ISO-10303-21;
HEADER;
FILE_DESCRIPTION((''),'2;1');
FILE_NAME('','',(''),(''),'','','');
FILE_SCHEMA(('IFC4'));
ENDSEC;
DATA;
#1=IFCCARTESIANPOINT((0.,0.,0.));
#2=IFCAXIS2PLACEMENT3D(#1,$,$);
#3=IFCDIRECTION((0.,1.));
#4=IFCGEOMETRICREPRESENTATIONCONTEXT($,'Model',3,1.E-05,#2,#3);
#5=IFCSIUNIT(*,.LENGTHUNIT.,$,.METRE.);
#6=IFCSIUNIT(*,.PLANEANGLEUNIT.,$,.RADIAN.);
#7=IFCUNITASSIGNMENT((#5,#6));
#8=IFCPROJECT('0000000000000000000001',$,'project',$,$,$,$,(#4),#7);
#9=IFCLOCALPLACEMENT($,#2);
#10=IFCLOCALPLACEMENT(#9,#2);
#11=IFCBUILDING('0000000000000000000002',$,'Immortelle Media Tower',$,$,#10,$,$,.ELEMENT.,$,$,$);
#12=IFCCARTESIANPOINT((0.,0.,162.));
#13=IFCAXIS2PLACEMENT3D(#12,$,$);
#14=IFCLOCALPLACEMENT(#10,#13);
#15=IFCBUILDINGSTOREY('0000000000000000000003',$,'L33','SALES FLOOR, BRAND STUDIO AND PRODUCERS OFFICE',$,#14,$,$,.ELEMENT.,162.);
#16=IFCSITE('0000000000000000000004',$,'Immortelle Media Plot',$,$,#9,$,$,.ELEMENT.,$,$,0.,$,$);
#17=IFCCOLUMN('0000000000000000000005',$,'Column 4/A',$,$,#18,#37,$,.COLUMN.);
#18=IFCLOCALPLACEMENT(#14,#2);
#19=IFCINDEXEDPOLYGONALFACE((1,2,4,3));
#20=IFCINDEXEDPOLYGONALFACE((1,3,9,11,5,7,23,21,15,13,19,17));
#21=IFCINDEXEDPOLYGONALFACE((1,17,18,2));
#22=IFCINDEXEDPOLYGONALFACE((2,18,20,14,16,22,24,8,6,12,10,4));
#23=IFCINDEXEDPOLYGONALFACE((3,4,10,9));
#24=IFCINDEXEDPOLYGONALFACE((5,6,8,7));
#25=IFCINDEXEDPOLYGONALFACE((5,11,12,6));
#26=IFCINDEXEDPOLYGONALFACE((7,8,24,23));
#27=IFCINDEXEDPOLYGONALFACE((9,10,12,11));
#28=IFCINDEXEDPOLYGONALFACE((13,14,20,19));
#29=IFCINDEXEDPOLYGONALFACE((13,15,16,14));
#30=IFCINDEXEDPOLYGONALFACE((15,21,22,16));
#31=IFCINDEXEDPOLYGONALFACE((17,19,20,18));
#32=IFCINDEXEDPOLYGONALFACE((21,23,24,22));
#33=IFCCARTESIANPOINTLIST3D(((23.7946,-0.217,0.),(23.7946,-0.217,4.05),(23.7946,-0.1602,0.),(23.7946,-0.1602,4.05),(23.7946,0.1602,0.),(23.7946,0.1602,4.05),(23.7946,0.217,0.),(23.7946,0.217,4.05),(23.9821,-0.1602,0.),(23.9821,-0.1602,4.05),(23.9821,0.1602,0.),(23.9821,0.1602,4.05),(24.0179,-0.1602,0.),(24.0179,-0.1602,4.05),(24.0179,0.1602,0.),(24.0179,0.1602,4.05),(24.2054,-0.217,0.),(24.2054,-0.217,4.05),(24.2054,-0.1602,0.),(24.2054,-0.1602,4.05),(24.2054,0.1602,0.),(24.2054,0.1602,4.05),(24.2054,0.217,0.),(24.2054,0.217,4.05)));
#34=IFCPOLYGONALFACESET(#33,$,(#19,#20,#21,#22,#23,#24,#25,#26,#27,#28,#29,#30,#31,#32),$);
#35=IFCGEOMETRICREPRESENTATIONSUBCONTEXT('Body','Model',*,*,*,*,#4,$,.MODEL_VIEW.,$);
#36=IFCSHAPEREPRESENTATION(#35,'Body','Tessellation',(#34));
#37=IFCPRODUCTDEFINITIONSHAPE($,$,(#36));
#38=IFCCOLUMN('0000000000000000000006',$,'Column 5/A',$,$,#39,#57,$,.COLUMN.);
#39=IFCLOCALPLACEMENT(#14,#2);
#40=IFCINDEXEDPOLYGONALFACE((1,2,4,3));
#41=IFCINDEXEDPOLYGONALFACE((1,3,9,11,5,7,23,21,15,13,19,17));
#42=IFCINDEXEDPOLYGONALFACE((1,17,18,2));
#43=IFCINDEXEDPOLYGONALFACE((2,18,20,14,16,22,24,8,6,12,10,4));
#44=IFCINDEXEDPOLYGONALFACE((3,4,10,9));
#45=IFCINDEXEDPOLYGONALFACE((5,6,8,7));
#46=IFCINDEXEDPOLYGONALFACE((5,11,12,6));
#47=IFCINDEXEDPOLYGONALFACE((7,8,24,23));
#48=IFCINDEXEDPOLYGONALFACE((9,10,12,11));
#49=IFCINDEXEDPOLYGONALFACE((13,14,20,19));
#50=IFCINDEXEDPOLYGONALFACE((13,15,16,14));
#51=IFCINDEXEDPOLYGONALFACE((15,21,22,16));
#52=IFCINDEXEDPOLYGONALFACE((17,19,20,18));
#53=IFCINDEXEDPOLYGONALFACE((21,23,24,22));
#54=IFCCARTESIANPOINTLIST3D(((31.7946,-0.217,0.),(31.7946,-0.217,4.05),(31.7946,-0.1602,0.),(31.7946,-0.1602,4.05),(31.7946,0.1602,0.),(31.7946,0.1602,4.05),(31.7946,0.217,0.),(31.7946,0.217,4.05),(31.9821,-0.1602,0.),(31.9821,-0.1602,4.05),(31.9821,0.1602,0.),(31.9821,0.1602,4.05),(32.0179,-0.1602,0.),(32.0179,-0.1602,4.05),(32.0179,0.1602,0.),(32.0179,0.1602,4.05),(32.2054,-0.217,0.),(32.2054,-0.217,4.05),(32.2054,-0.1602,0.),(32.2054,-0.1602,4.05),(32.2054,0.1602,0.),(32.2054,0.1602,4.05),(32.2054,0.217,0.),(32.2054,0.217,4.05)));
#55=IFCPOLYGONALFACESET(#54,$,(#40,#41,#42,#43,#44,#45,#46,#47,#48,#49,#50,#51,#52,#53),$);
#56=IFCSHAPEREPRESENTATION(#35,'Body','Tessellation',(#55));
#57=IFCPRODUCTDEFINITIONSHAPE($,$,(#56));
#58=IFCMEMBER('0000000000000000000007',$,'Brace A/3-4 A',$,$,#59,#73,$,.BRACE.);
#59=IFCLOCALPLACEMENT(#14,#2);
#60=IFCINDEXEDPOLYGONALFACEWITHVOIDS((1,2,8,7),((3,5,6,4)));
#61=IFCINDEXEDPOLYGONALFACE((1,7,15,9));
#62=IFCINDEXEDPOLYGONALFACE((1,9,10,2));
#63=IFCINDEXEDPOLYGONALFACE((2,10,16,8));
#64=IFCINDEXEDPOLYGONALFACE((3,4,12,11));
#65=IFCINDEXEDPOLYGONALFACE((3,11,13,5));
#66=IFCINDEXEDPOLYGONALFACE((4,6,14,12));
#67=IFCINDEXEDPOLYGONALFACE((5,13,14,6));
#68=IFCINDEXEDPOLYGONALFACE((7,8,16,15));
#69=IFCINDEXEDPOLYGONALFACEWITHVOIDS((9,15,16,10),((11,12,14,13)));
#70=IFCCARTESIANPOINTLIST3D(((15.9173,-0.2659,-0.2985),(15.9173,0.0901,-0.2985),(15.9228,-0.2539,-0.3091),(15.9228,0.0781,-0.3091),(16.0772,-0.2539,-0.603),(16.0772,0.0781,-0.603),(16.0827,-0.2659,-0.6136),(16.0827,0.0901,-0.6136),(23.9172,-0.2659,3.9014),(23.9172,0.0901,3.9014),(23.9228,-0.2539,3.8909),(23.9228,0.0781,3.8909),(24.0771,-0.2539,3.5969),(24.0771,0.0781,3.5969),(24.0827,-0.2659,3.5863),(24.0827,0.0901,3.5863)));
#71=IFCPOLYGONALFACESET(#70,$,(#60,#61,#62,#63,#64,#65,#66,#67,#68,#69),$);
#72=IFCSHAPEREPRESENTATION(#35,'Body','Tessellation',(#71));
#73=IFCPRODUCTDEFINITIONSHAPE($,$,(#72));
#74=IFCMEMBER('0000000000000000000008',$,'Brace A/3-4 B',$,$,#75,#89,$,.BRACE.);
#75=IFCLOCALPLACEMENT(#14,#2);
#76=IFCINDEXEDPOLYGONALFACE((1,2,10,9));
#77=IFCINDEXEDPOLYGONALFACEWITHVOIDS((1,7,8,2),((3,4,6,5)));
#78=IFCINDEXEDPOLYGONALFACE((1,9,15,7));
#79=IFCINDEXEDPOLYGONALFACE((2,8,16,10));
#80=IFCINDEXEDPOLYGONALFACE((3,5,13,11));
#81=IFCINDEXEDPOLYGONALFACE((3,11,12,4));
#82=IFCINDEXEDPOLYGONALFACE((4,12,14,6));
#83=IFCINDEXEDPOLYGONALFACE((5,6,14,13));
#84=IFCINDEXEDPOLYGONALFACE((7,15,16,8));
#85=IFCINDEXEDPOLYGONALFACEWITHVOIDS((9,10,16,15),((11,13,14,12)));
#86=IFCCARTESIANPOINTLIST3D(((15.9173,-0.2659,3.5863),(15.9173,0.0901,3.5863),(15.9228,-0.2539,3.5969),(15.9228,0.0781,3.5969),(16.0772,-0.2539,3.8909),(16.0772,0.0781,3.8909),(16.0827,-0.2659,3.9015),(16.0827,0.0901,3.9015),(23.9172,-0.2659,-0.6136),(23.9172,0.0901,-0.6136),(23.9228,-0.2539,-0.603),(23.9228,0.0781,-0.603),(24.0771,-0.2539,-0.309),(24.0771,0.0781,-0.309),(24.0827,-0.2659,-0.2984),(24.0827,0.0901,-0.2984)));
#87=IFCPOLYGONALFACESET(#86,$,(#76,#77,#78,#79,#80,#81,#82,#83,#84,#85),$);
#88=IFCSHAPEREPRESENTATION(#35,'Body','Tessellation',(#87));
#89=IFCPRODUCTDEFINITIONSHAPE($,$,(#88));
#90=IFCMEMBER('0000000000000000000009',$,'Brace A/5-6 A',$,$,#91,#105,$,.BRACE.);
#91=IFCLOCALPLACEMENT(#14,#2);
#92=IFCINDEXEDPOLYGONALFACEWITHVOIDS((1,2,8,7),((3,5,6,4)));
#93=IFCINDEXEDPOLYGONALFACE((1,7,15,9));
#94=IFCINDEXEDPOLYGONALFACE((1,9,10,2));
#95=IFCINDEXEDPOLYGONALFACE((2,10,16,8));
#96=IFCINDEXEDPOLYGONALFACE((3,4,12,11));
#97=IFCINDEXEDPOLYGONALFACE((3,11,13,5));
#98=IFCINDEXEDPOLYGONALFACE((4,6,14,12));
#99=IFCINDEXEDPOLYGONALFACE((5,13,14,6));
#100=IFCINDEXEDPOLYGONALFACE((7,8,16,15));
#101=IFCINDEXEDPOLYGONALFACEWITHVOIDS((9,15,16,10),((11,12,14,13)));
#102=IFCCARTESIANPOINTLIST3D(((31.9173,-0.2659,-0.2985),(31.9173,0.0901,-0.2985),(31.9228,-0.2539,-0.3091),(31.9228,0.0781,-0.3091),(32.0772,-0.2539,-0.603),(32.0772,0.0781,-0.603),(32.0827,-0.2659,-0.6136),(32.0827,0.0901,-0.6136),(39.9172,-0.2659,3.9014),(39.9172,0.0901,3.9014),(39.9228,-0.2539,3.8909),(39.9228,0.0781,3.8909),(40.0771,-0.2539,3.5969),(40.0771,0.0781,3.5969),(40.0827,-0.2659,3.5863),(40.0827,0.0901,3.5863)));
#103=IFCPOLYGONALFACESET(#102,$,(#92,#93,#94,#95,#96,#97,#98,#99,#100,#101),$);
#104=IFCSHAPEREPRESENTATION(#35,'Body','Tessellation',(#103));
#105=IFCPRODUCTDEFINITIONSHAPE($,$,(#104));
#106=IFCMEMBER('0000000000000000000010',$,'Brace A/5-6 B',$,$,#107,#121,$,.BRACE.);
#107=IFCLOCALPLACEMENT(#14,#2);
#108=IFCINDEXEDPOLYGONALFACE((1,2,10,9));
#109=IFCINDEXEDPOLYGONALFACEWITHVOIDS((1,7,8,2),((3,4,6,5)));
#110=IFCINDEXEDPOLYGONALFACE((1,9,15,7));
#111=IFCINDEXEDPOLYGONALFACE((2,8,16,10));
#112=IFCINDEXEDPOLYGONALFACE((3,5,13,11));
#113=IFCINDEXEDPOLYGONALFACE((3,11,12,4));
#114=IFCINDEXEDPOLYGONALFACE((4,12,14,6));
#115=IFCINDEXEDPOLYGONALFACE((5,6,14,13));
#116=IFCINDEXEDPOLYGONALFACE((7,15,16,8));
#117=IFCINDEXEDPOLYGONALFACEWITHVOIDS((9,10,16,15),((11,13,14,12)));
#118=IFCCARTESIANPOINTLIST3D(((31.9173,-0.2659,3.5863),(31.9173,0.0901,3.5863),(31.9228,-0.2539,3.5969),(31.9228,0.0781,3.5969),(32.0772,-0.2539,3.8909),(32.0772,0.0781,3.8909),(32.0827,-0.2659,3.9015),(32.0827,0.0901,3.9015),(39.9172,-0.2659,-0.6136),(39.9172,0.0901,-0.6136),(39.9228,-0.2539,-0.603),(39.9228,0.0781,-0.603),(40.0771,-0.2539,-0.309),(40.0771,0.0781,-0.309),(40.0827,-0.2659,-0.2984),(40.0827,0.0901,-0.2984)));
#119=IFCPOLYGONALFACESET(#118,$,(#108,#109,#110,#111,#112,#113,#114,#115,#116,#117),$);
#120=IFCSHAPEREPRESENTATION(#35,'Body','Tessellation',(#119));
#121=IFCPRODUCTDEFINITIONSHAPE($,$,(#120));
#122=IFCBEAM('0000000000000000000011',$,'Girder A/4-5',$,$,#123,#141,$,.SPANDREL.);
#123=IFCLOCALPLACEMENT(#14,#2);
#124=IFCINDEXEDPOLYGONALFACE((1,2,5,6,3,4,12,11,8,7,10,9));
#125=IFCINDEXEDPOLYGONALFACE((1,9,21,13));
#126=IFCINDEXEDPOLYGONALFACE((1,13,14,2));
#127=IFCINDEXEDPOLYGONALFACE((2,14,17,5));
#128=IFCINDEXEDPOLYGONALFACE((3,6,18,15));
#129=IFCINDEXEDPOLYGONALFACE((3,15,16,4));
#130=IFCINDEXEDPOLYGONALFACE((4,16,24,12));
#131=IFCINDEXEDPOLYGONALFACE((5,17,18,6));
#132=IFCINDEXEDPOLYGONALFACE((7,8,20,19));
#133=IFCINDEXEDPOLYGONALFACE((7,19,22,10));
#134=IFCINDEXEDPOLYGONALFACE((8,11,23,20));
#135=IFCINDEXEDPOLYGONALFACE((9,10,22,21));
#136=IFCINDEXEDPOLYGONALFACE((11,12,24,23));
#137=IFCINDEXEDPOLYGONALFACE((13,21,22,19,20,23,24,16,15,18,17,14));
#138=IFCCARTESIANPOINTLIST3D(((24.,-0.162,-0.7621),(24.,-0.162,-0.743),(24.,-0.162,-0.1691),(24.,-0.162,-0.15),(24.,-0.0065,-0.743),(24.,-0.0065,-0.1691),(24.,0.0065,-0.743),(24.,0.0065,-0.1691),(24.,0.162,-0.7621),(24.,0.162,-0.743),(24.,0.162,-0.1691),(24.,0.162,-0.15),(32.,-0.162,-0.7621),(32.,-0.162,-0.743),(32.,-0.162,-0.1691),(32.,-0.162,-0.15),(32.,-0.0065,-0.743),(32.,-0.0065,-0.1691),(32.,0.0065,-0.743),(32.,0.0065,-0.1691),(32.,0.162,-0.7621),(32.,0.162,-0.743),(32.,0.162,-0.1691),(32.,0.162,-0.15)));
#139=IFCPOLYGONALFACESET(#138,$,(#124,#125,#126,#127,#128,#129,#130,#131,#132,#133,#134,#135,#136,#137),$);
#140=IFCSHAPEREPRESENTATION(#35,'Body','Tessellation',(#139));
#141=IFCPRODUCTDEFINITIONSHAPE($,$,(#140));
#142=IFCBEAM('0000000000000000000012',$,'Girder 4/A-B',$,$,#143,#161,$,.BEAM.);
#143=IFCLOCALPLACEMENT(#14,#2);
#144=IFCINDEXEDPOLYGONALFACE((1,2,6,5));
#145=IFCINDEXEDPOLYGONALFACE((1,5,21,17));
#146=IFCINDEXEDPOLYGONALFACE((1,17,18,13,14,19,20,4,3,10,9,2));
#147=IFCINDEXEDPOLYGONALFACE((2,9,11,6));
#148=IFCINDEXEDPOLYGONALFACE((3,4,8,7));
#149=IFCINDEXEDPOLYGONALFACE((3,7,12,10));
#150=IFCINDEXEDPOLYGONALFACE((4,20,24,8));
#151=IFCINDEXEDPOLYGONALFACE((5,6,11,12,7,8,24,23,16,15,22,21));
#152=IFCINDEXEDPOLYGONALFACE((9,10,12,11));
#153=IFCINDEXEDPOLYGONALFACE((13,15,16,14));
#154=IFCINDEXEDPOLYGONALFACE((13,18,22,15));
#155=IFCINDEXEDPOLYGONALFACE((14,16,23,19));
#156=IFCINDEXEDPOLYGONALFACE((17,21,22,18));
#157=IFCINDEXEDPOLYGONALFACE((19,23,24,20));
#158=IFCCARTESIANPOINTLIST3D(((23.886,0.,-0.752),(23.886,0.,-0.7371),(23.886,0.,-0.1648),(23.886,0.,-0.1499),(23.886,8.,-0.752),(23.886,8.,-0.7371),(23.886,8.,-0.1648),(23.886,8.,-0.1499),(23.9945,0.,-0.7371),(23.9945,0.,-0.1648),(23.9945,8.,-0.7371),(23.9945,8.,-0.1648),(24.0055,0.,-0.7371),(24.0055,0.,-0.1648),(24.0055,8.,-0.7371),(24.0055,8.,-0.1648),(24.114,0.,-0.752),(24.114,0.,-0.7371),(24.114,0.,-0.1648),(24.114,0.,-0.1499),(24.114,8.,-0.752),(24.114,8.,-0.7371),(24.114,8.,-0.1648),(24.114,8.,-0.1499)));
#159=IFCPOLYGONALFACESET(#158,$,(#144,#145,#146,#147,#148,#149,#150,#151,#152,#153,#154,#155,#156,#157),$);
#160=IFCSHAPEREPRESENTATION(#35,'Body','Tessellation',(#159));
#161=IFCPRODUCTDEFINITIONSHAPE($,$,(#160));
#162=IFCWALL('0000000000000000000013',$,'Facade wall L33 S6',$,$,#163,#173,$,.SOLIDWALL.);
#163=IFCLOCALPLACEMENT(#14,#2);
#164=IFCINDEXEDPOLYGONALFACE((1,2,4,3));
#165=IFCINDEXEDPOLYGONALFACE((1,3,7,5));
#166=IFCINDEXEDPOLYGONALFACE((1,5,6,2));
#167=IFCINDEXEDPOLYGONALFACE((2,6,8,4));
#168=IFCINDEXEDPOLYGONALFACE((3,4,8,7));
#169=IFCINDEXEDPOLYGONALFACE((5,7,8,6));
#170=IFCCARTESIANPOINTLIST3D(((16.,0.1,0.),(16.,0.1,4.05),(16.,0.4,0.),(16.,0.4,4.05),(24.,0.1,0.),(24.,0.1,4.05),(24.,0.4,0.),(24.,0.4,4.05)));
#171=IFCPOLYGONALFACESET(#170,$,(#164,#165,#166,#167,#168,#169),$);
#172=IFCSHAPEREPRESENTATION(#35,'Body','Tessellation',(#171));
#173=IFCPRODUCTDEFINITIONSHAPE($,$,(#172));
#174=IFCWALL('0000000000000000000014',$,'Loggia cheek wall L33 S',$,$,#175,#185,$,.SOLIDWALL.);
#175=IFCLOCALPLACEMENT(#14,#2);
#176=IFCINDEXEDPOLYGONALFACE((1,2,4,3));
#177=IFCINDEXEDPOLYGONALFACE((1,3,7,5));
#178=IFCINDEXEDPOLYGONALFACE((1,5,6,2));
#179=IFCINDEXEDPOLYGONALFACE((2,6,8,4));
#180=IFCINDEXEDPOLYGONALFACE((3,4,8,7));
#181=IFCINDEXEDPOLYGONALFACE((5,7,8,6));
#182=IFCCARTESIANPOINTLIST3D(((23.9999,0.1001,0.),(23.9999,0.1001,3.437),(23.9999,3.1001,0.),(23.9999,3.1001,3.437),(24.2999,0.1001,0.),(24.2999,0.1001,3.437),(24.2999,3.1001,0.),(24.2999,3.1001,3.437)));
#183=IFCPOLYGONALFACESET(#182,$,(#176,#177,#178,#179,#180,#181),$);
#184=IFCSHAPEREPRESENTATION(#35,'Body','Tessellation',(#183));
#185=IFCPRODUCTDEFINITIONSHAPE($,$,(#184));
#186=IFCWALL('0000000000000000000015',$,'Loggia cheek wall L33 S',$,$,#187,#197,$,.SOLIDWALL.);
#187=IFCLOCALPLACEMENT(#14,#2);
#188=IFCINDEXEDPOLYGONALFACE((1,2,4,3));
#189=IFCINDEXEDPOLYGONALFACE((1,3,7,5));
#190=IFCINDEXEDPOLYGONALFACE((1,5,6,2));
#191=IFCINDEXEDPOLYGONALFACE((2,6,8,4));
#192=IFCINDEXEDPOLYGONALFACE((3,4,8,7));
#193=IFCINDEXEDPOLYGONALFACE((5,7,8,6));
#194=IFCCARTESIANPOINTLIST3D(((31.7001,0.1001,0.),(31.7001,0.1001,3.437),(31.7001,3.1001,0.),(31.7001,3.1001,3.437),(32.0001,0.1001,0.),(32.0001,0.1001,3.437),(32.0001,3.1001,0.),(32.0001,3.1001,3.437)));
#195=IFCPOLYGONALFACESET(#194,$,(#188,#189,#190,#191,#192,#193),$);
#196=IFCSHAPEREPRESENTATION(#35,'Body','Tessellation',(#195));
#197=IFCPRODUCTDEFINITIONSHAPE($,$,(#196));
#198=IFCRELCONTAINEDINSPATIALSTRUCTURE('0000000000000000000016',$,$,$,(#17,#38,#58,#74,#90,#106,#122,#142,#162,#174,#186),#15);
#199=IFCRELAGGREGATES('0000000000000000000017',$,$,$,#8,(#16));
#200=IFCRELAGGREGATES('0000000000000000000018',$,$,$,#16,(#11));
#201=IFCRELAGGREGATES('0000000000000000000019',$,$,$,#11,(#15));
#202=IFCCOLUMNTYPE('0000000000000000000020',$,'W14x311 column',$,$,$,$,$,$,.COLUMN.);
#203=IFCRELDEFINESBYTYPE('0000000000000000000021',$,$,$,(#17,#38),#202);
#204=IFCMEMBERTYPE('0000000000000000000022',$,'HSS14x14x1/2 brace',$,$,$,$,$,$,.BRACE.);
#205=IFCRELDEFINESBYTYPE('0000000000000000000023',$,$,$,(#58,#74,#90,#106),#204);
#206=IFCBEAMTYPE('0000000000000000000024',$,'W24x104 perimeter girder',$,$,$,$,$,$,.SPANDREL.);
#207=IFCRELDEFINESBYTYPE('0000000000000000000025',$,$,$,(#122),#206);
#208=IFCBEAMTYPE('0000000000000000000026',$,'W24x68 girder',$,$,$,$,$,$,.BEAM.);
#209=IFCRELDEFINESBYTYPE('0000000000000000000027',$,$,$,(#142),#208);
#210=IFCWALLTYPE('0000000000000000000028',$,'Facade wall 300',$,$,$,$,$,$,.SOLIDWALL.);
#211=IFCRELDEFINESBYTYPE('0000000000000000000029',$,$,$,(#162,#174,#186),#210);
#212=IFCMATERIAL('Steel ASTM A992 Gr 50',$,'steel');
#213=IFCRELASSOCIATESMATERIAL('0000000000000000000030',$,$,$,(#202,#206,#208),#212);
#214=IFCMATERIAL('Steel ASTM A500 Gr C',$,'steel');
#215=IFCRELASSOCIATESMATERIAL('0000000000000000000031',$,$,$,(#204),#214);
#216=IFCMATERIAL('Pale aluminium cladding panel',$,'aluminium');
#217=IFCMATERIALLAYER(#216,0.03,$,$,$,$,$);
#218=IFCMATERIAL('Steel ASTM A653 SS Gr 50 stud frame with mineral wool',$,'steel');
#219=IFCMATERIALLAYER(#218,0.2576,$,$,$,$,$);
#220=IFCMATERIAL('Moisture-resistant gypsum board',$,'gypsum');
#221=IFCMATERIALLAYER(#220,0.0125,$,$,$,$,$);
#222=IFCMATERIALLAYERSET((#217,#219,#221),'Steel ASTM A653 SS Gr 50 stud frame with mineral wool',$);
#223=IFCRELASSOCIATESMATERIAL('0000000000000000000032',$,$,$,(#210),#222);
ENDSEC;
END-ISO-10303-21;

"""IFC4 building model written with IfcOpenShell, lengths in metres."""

from ifc_helpers import new_model, si_unit, direction, frame, frame_2d, origin, origin_2d, place, context, subcontext, project, spatial, rectangle, hollow_rectangle, i_section, extrude, material, layer, layer_set, material_profile, profile_set, type_object, element, save


model = new_model("IFC4")

# Units and contexts
model_context = context("Model", 3, precision=1e-05, world=origin(), true_north=direction((0.0, 1.0)))
body_context = subcontext(model_context, "Body", "Model", "MODEL_VIEW")
ifc_project = project(units=[si_unit("LENGTHUNIT", "METRE"), si_unit("PLANEANGLEUNIT", "RADIAN")], contexts=[model_context])

# Site, building, storey
site_placement = place(None, origin())
site = spatial("IfcSite", under=ifc_project, at=site_placement, Name="Immortelle Media Plot", CompositionType="ELEMENT", RefElevation=0.0)
building_placement = place(site_placement, origin())
building = spatial("IfcBuilding", under=site, at=building_placement, Name="Immortelle Media Tower", CompositionType="ELEMENT")
storey_placement = place(building_placement, frame((0.0, 0.0, 162.0)))
storey = spatial("IfcBuildingStorey", under=building, at=storey_placement, Name="L33", Description="SALES FLOOR, BRAND STUDIO AND PRODUCERS OFFICE", CompositionType="ELEMENT", Elevation=162.0)

# Columns
ifc_material_1 = material(Name="Steel ASTM A992 Gr 50", Category="steel")
ifc_material_profile_1 = material_profile(ifc_material_1, i_section(OverallWidth=0.4109, OverallDepth=0.4341, WebThickness=0.0359, FlangeThickness=0.0569, at=origin_2d()), Name="W14x311")
ifc_profile_set_1 = profile_set([ifc_material_profile_1], Name="Steel ASTM A992 Gr 50")
column_type = type_object("IfcColumnType", Name="W14x311 column", PredefinedType="COLUMN", material=ifc_profile_set_1)
for number, where, z_axis, x_axis, name in (
    (1, (24.0, 0.0, 0.0), (0.0, 0.0, 1.0), (1.0, 0.0, 0.0), "Column 4/A"),
    (2, (32.0, 0.0, 0.0), (0.0, 0.0, 1.0), (1.0, 0.0, 0.0), "Column 5/A"),
):
    element("IfcColumn", number, at=place(storey_placement, frame(where, z_axis=z_axis, x_axis=x_axis)), inside=storey, type_object=column_type, Name=name, PredefinedType="COLUMN", context=body_context, shape_type="SweptSolid", body=[
        extrude(i_section(OverallWidth=0.4109, OverallDepth=0.4341, WebThickness=0.0359, FlangeThickness=0.0569, at=origin_2d()), origin(), (0.0, 0.0, 1.0), 4.05),
    ])

# Members
ifc_material_2 = material(Name="Steel ASTM A500 Gr C", Category="steel")
ifc_material_profile_2 = material_profile(ifc_material_2, hollow_rectangle(XDim=0.356, YDim=0.356, WallThickness=0.012, at=origin_2d()), Name="HSS14x14x1/2 brace")
ifc_profile_set_2 = profile_set([ifc_material_profile_2], Name="Steel ASTM A500 Gr C")
member_type = type_object("IfcMemberType", Name="HSS14x14x1/2 brace", PredefinedType="BRACE", material=ifc_profile_set_2)
for number, where, z_axis, x_axis, name in (
    (3, (16.0, -0.0879, -0.4561), (0.8854, 0.0, 0.46483), (0.0, 1.0, 0.0), "Brace A/3-4 A"),
    (4, (16.0, -0.0879, 3.7439), (0.8854, 0.0, -0.46483), (0.0, 1.0, 0.0), "Brace A/3-4 B"),
    (5, (32.0, -0.0879, -0.4561), (0.8854, 0.0, 0.46483), (0.0, 1.0, 0.0), "Brace A/5-6 A"),
    (6, (32.0, -0.0879, 3.7439), (0.8854, 0.0, -0.46483), (0.0, 1.0, 0.0), "Brace A/5-6 B"),
):
    element("IfcMember", number, at=place(storey_placement, frame(where, z_axis=z_axis, x_axis=x_axis)), inside=storey, type_object=member_type, Name=name, PredefinedType="BRACE", context=body_context, shape_type="SweptSolid", body=[
        extrude(hollow_rectangle(XDim=0.356, YDim=0.356, WallThickness=0.012, at=origin_2d()), origin(), (0.0, 0.0, 1.0), 9.0354),
    ])

# Beams
ifc_material_profile_3 = material_profile(ifc_material_1, i_section(OverallWidth=0.324, OverallDepth=0.6121, WebThickness=0.0129, FlangeThickness=0.019, at=origin_2d()), Name="W24x104")
ifc_profile_set_3 = profile_set([ifc_material_profile_3], Name="Steel ASTM A992 Gr 50")
beam_type_1 = type_object("IfcBeamType", Name="W24x104 perimeter girder", PredefinedType="SPANDREL", material=ifc_profile_set_3)
beam_1_placement = place(storey_placement, frame((24.0, 0.0, -0.4561), z_axis=(1.0, 0.0, 0.0), x_axis=(0.0, 1.0, 0.0)))
element("IfcBeam", 7, at=beam_1_placement, inside=storey, type_object=beam_type_1, Name="Girder A/4-5", PredefinedType="SPANDREL", context=body_context, shape_type="SweptSolid", body=[
    extrude(i_section(OverallWidth=0.324, OverallDepth=0.6121, WebThickness=0.0129, FlangeThickness=0.019, at=origin_2d()), origin(), (0.0, 0.0, 1.0), 8.0),
])
ifc_material_profile_4 = material_profile(ifc_material_1, i_section(OverallWidth=0.228, OverallDepth=0.6021, WebThickness=0.011, FlangeThickness=0.0149, at=origin_2d()), Name="W24x68")
ifc_profile_set_4 = profile_set([ifc_material_profile_4], Name="Steel ASTM A992 Gr 50")
beam_type_2 = type_object("IfcBeamType", Name="W24x68 girder", PredefinedType="BEAM", material=ifc_profile_set_4)
beam_2_placement = place(storey_placement, frame((24.0, 0.0, -0.4509), z_axis=(0.0, 1.0, 0.0), x_axis=(-1.0, 0.0, 0.0)))
element("IfcBeam", 8, at=beam_2_placement, inside=storey, type_object=beam_type_2, Name="Girder 4/A-B", PredefinedType="BEAM", context=body_context, shape_type="SweptSolid", body=[
    extrude(i_section(OverallWidth=0.228, OverallDepth=0.6021, WebThickness=0.011, FlangeThickness=0.0149, at=origin_2d()), origin(), (0.0, 0.0, 1.0), 8.0),
])

# Wall
ifc_material_3 = material(Name="Pale aluminium cladding panel", Category="aluminium")
ifc_layer_1 = layer(ifc_material_3, 0.03)
ifc_material_4 = material(Name="Steel ASTM A653 SS Gr 50 stud frame with mineral wool", Category="steel")
ifc_layer_2 = layer(ifc_material_4, 0.2576)
ifc_material_5 = material(Name="Moisture-resistant gypsum board", Category="gypsum")
ifc_layer_3 = layer(ifc_material_5, 0.0125)
ifc_layer_set_1 = layer_set([ifc_layer_1, ifc_layer_2, ifc_layer_3], Name="Steel ASTM A653 SS Gr 50 stud frame with mineral wool")
wall_type_1 = type_object("IfcWallType", Name="Facade wall 300", PredefinedType="SOLIDWALL", material=ifc_layer_set_1)
wall_1_placement = place(storey_placement, frame((16.0, 0.25, 0.0), z_axis=(0.0, 0.0, 1.0), x_axis=(1.0, 0.0, 0.0)))
element("IfcWall", 9, at=wall_1_placement, inside=storey, type_object=wall_type_1, Name="Facade wall L33 S6", PredefinedType="SOLIDWALL", context=body_context, shape_type="SweptSolid", body=[
    extrude(rectangle(XDim=8.0, YDim=0.3, at=frame_2d((4.0, 0.0))), origin(), (0.0, 0.0, 1.0), 4.05),
])

# Walls
for number, where, z_axis, x_axis, name in (
    (10, (24.1499, 0.1001, 0.0), (0.0, 0.0, 1.0), (0.0, 1.0, 0.0), "Loggia cheek wall L33 S"),
    (11, (31.8501, 0.1001, 0.0), (0.0, 0.0, 1.0), (0.0, 1.0, 0.0), "Loggia cheek wall L33 S"),
):
    element("IfcWall", number, at=place(storey_placement, frame(where, z_axis=z_axis, x_axis=x_axis)), inside=storey, type_object=wall_type_1, Name=name, PredefinedType="SOLIDWALL", context=body_context, shape_type="SweptSolid", body=[
        extrude(rectangle(XDim=3.0, YDim=0.3, at=frame_2d((1.5, 0.0))), origin(), (0.0, 0.0, 1.0), 3.437),
    ])

save(model, "model.ifc")
